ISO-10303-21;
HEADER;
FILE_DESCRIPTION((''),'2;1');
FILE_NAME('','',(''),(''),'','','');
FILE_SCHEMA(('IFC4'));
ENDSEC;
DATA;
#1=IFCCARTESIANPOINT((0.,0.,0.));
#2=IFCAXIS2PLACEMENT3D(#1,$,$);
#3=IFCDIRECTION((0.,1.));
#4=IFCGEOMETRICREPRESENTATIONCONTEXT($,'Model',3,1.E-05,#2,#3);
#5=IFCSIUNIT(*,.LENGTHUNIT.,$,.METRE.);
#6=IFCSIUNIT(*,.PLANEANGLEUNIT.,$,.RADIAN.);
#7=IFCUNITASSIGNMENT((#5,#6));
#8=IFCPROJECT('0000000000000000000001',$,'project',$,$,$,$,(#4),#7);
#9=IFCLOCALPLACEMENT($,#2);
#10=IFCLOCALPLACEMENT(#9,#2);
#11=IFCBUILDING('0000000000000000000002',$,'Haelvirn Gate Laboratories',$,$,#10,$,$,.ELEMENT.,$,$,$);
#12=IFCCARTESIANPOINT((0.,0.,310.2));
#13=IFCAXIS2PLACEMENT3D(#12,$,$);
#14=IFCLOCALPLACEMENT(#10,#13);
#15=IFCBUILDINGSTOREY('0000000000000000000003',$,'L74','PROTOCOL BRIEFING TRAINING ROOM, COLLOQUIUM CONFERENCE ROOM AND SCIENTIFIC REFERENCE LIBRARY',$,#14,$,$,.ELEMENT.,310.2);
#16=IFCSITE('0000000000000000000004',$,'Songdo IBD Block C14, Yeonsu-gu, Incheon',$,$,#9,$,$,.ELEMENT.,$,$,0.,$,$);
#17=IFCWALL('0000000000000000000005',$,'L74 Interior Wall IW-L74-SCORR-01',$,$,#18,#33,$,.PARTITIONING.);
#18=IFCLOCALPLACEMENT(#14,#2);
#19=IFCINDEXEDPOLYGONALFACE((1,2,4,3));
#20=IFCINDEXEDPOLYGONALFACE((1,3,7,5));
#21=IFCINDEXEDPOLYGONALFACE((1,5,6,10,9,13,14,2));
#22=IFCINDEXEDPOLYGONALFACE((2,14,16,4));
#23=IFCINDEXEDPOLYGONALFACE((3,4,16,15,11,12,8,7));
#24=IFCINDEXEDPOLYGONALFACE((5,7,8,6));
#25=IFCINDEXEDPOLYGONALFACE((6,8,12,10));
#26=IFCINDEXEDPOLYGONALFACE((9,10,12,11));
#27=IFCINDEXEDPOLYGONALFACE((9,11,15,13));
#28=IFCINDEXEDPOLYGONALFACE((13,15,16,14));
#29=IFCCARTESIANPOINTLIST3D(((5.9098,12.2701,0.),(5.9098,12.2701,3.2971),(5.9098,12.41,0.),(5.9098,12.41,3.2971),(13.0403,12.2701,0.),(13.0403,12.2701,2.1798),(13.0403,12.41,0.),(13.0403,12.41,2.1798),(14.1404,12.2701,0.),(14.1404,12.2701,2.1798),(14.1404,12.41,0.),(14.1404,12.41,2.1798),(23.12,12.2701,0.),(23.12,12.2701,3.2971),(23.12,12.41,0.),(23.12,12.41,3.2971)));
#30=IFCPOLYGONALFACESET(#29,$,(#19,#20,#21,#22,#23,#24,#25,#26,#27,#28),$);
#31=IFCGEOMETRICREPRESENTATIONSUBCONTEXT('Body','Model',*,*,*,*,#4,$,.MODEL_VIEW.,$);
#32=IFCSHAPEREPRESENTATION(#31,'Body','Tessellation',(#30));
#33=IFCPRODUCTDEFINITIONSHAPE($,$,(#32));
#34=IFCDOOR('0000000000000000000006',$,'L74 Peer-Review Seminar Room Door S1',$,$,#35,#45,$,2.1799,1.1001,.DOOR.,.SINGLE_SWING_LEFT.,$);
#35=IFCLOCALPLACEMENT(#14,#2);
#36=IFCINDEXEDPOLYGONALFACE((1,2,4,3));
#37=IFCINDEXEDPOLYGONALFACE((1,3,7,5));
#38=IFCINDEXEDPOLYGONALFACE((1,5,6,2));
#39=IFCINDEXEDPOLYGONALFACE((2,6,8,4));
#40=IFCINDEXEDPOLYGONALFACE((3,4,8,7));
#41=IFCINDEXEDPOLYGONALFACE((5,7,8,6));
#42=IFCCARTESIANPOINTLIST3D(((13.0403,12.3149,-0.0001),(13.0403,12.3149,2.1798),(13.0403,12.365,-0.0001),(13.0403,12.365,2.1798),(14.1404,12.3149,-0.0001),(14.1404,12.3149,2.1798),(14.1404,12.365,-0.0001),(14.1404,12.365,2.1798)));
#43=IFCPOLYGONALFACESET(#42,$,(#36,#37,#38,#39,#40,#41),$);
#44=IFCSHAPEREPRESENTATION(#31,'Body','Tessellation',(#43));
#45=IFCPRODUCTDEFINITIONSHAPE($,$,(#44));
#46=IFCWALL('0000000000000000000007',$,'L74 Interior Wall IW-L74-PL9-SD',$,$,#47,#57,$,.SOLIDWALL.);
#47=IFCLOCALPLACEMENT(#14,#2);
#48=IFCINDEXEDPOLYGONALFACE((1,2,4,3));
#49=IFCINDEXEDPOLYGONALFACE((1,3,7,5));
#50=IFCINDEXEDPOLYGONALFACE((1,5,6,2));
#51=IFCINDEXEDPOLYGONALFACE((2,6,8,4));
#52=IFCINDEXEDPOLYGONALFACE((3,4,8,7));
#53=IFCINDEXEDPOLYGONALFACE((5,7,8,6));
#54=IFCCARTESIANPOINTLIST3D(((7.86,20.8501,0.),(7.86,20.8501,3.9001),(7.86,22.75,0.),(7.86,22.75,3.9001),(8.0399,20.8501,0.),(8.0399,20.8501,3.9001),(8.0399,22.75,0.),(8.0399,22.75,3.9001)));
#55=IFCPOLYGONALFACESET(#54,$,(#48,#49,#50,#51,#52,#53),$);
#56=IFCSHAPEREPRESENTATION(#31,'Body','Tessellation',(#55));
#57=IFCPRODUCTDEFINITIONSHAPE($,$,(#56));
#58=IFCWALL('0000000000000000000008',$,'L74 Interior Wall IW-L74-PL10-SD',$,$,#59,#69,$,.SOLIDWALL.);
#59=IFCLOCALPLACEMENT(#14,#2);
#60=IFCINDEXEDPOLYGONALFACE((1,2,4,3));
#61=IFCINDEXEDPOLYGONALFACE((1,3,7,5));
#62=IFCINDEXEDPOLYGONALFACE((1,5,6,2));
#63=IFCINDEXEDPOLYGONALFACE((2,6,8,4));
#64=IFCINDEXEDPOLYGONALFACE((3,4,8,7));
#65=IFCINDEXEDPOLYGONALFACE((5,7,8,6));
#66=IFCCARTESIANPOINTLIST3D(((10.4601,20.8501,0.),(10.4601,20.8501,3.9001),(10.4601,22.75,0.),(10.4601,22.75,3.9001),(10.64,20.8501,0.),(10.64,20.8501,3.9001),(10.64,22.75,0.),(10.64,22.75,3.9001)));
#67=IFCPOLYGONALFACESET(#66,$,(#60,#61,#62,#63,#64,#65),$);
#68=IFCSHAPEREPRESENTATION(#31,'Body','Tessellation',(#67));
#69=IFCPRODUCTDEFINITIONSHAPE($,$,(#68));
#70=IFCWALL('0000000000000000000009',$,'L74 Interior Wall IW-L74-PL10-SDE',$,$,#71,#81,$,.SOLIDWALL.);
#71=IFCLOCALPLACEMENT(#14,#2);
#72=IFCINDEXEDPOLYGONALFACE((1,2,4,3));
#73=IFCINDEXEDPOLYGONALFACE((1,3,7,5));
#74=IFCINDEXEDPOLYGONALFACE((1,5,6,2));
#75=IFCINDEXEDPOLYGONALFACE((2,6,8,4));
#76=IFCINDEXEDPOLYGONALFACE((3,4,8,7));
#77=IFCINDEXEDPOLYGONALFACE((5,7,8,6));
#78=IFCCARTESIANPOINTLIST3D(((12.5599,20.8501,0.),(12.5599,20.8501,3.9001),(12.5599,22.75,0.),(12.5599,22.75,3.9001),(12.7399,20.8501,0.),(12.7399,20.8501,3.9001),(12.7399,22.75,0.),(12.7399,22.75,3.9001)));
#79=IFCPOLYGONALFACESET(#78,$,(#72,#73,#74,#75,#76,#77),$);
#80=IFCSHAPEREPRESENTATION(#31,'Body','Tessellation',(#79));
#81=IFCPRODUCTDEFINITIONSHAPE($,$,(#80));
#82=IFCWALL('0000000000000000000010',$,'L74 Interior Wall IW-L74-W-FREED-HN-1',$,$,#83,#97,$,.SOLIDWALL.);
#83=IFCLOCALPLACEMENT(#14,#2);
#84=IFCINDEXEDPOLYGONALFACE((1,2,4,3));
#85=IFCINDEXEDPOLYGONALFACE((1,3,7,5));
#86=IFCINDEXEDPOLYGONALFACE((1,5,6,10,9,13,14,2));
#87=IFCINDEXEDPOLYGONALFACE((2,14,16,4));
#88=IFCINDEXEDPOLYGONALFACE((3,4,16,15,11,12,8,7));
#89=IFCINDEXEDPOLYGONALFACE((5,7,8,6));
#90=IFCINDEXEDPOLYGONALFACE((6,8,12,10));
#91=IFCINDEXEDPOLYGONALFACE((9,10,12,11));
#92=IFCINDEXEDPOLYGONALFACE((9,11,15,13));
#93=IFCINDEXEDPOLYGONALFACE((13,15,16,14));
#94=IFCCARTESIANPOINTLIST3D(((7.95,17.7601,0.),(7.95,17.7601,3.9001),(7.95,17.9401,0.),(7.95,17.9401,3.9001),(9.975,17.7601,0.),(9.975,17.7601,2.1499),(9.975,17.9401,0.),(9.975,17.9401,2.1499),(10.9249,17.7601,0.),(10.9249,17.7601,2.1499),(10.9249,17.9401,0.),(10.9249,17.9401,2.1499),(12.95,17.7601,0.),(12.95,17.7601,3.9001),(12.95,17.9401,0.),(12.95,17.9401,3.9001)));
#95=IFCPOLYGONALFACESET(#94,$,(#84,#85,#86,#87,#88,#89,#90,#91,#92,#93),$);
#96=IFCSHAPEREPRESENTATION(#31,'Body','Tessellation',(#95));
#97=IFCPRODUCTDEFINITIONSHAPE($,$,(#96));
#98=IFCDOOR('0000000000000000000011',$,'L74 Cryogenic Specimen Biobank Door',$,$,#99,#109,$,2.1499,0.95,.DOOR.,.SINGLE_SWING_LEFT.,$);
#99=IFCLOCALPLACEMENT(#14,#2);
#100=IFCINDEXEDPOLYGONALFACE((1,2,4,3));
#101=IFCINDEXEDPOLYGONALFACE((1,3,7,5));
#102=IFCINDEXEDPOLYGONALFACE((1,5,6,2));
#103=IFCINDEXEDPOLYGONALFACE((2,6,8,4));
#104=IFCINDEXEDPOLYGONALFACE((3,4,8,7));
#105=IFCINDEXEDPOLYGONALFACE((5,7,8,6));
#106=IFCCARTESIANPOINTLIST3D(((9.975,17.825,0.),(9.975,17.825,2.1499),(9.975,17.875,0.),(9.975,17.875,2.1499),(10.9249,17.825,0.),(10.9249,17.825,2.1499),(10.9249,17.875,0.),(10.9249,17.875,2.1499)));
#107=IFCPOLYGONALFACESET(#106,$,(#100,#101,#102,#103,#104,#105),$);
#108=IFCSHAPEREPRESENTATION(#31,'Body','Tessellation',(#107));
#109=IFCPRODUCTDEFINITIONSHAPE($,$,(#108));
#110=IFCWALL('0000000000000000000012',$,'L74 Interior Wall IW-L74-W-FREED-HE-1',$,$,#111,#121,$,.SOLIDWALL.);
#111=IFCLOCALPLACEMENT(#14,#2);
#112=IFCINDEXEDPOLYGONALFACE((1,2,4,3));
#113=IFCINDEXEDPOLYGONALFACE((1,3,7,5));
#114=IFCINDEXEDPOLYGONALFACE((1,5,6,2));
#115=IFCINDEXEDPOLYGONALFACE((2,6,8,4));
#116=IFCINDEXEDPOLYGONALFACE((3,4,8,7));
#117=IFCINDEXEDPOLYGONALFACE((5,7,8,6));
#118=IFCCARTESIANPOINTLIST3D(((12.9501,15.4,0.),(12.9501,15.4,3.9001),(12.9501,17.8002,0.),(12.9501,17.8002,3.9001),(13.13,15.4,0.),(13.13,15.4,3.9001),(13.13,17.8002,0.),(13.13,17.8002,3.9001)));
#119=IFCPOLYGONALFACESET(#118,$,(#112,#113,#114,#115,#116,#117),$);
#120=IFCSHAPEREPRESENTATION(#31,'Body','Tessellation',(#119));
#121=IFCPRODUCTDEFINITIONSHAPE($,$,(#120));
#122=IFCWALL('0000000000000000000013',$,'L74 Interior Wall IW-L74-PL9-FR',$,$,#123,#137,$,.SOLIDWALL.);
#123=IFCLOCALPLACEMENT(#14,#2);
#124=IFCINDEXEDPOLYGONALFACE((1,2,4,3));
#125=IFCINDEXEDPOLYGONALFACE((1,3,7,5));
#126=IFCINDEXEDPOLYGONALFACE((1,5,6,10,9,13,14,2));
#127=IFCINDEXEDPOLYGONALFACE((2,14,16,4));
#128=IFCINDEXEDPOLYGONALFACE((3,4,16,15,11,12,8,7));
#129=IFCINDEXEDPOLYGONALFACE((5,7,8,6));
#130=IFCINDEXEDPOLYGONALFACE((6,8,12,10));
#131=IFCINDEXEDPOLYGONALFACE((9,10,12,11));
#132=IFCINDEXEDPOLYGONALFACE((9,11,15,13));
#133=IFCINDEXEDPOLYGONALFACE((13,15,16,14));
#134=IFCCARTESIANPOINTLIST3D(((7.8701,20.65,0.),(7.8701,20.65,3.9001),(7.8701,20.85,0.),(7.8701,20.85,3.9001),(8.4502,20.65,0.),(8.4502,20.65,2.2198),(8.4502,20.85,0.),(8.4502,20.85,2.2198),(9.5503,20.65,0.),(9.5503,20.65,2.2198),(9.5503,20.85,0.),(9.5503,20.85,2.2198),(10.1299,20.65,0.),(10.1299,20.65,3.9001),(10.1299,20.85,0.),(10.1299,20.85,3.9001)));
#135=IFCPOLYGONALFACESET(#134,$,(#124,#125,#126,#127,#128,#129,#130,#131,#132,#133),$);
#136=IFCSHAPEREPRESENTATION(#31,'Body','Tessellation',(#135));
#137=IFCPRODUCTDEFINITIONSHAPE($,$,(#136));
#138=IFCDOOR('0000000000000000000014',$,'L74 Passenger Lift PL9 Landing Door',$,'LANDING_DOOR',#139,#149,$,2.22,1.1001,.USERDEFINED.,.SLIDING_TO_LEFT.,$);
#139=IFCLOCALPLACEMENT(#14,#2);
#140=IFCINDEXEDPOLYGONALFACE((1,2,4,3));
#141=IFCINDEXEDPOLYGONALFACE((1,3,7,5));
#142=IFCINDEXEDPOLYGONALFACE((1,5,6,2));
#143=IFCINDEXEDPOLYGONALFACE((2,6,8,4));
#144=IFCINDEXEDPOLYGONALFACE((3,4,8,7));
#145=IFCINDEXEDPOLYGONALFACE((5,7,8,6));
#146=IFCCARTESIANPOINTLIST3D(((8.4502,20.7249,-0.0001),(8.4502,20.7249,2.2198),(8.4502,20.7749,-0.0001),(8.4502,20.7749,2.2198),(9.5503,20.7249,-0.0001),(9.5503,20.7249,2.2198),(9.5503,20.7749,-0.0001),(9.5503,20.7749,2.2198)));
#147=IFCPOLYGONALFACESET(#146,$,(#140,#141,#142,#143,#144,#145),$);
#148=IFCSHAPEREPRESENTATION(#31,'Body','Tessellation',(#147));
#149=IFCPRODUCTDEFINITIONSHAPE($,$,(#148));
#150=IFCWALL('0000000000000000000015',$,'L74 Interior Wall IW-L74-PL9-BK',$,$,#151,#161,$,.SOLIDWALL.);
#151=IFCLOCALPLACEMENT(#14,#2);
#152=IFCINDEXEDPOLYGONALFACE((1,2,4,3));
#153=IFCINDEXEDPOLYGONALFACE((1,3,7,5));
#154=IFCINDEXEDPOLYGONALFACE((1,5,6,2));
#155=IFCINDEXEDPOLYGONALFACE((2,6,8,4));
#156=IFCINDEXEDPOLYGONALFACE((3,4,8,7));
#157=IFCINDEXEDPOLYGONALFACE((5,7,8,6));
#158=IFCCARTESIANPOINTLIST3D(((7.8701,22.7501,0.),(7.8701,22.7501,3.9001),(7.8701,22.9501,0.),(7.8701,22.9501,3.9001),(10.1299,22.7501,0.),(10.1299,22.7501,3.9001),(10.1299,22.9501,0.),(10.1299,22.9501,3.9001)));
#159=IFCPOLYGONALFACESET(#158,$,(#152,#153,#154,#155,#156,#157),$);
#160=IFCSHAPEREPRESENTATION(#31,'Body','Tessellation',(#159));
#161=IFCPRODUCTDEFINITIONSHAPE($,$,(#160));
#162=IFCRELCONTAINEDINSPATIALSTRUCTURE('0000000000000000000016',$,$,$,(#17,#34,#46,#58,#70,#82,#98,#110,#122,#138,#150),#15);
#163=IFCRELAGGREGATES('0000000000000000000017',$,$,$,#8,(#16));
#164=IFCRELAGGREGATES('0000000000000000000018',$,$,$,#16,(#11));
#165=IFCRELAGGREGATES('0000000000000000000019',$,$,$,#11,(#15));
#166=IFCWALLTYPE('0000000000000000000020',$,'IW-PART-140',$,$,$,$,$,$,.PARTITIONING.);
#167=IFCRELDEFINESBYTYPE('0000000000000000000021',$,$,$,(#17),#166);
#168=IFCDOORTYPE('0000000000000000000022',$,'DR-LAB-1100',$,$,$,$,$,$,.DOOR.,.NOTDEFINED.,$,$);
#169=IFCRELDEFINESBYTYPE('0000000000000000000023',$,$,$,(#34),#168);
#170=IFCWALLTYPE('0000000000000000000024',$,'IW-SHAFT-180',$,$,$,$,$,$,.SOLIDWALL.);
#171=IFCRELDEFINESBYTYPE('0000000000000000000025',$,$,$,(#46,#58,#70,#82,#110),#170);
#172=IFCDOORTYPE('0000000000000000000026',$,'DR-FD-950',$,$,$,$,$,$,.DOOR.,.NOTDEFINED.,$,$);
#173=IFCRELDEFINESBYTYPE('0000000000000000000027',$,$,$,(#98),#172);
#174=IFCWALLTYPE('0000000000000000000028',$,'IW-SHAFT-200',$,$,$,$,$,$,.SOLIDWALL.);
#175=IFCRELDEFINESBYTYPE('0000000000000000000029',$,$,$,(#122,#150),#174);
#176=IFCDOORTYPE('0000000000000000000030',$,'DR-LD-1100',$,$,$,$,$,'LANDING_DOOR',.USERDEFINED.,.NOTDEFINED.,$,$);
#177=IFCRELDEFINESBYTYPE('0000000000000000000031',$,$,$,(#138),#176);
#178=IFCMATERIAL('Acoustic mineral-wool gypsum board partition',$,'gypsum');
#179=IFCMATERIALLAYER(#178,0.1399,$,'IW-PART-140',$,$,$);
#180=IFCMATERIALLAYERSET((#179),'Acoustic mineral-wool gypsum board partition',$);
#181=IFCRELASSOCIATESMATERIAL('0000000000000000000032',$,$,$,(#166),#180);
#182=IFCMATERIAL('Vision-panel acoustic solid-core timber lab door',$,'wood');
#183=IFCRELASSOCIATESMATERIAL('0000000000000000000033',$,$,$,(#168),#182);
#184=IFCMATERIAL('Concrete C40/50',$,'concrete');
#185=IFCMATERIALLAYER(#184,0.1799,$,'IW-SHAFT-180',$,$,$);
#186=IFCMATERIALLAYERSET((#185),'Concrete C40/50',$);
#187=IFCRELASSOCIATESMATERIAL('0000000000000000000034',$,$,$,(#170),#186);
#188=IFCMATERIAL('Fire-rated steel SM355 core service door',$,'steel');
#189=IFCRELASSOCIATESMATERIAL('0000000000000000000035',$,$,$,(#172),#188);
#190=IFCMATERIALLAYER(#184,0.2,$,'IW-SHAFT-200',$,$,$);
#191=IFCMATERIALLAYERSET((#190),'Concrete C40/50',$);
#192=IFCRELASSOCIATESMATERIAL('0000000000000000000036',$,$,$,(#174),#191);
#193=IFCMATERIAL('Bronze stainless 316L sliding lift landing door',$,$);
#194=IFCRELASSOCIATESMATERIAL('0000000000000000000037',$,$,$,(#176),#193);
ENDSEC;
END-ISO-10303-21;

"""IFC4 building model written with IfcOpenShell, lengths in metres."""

from ifc_helpers import new_model, si_unit, direction, frame, frame_2d, origin, place, context, subcontext, project, spatial, rectangle, extrude, source, transform, mapped, material, layer, layer_set, type_object, type_shapes, element, fill, save


model = new_model("IFC4")

# Units and contexts
model_context = context("Model", 3, precision=1e-05, world=origin(), true_north=direction((0.0, 1.0)))
body_context = subcontext(model_context, "Body", "Model", "MODEL_VIEW")
ifc_project = project(units=[si_unit("LENGTHUNIT", "METRE"), si_unit("PLANEANGLEUNIT", "RADIAN")], contexts=[model_context])

# Site, building, storey
site_placement = place(None, origin())
site = spatial("IfcSite", under=ifc_project, at=site_placement, Name="Songdo IBD Block C14, Yeonsu-gu, Incheon", CompositionType="ELEMENT", RefElevation=0.0)
building_placement = place(site_placement, origin())
building = spatial("IfcBuilding", under=site, at=building_placement, Name="Haelvirn Gate Laboratories", CompositionType="ELEMENT")
storey_placement = place(building_placement, frame((0.0, 0.0, 310.2)))
storey = spatial("IfcBuildingStorey", under=building, at=storey_placement, Name="L74", Description="PROTOCOL BRIEFING TRAINING ROOM, COLLOQUIUM CONFERENCE ROOM AND SCIENTIFIC REFERENCE LIBRARY", CompositionType="ELEMENT", Elevation=310.2)

# Wall, opening, door
ifc_material_1 = material(Name="Acoustic mineral-wool gypsum board partition", Category="gypsum")
ifc_layer_1 = layer(ifc_material_1, 0.1399, Name="IW-PART-140")
ifc_layer_set_1 = layer_set([ifc_layer_1], Name="Acoustic mineral-wool gypsum board partition")
wall_type_1 = type_object("IfcWallType", Name="IW-PART-140", PredefinedType="PARTITIONING", material=ifc_layer_set_1)
wall_1_placement = place(storey_placement, frame((5.9099, 12.3401, 0.0), z_axis=(0.0, 0.0, 1.0), x_axis=(1.0, 0.0, 0.0)))
wall_1 = element("IfcWall", 1, at=wall_1_placement, inside=storey, type_object=wall_type_1, Name="L74 Interior Wall IW-L74-SCORR-01", PredefinedType="PARTITIONING", context=body_context, shape_type="SweptSolid", body=[
    extrude(rectangle(XDim=17.2102, YDim=0.1399, at=frame_2d((8.605, 0.0))), origin(), (0.0, 0.0, 1.0), 3.2971),
])
opening_1_placement = place(wall_1_placement, frame((7.1304, 0.0, 0.0)))
opening_1 = element("IfcOpeningElement", 2, at=opening_1_placement, cuts=wall_1, PredefinedType="OPENING", context=body_context, shape_type="SweptSolid", body=[
    extrude(rectangle(XDim=1.1001, YDim=2.1799, at=frame_2d((0.55, 1.0898))), frame((0.0, 0.0801, 0.0), z_axis=(0.0, -1.0, 0.0), x_axis=(1.0, 0.0, 0.0)), (0.0, 0.0, 1.0), 0.1599),
])
ifc_material_2 = material(Name="Vision-panel acoustic solid-core timber lab door", Category="wood")
door_type_1 = type_object("IfcDoorType", Name="DR-LAB-1100", OperationType="NOTDEFINED", PredefinedType="DOOR", material=ifc_material_2)
shared_shape_1 = source(origin(), body_context, "Body", "SweptSolid", [
    extrude(rectangle(XDim=1.1001, YDim=2.1799, at=frame_2d((0.55, 1.0898))), frame((0.0, 0.0249, 0.0), z_axis=(0.0, -1.0, 0.0), x_axis=(1.0, 0.0, 0.0)), (0.0, 0.0, 1.0), 0.05),
])
type_shapes(door_type_1, [shared_shape_1])
door_1_placement = place(opening_1_placement, origin())
door_1 = element("IfcDoor", 3, at=door_1_placement, inside=storey, type_object=door_type_1, Name="L74 Peer-Review Seminar Room Door S1", OperationType="SINGLE_SWING_LEFT", OverallHeight=2.1799, OverallWidth=1.1001, PredefinedType="DOOR", context=body_context, shape_type="MappedRepresentation", body=[
    mapped(shared_shape_1, transform((0.0, 0.0, 0.0), scale=1.0)),
])
fill(opening_1, door_1)

# Walls
ifc_material_3 = material(Name="Concrete C40/50", Category="concrete")
ifc_layer_2 = layer(ifc_material_3, 0.1799, Name="IW-SHAFT-180")
ifc_layer_set_2 = layer_set([ifc_layer_2], Name="Concrete C40/50")
wall_type_2 = type_object("IfcWallType", Name="IW-SHAFT-180", PredefinedType="SOLIDWALL", material=ifc_layer_set_2)
for number, where, z_axis, x_axis, name in (
    (4, (7.95, 20.8501, 0.0), (0.0, 0.0, 1.0), (0.0, 1.0, 0.0), "L74 Interior Wall IW-L74-PL9-SD"),
    (5, (10.55, 20.8501, 0.0), (0.0, 0.0, 1.0), (0.0, 1.0, 0.0), "L74 Interior Wall IW-L74-PL10-SD"),
    (6, (12.6499, 20.8501, 0.0), (0.0, 0.0, 1.0), (0.0, 1.0, 0.0), "L74 Interior Wall IW-L74-PL10-SDE"),
):
    element("IfcWall", number, at=place(storey_placement, frame(where, z_axis=z_axis, x_axis=x_axis)), inside=storey, type_object=wall_type_2, Name=name, PredefinedType="SOLIDWALL", context=body_context, shape_type="SweptSolid", body=[
        extrude(rectangle(XDim=1.8999, YDim=0.1799, at=frame_2d((0.95, 0.0))), origin(), (0.0, 0.0, 1.0), 3.9001),
    ])

# Wall, opening, door
wall_2_placement = place(storey_placement, frame((7.95, 17.8501, 0.0), z_axis=(0.0, 0.0, 1.0), x_axis=(1.0, 0.0, 0.0)))
wall_2 = element("IfcWall", 7, at=wall_2_placement, inside=storey, type_object=wall_type_2, Name="L74 Interior Wall IW-L74-W-FREED-HN-1", PredefinedType="SOLIDWALL", context=body_context, shape_type="SweptSolid", body=[
    extrude(rectangle(XDim=5.0, YDim=0.1799, at=frame_2d((2.5, 0.0))), origin(), (0.0, 0.0, 1.0), 3.9001),
])
opening_2_placement = place(wall_2_placement, frame((2.0249, 0.0, 0.0)))
opening_2 = element("IfcOpeningElement", 8, at=opening_2_placement, cuts=wall_2, PredefinedType="OPENING", context=body_context, shape_type="SweptSolid", body=[
    extrude(rectangle(XDim=0.95, YDim=2.1499, at=frame_2d((0.4751, 1.075))), frame((0.0, 0.1001, 0.0), z_axis=(0.0, -1.0, 0.0), x_axis=(1.0, 0.0, 0.0)), (0.0, 0.0, 1.0), 0.2),
])
ifc_material_4 = material(Name="Fire-rated steel SM355 core service door", Category="steel")
door_type_2 = type_object("IfcDoorType", Name="DR-FD-950", OperationType="NOTDEFINED", PredefinedType="DOOR", material=ifc_material_4)
shared_shape_2 = source(origin(), body_context, "Body", "SweptSolid", [
    extrude(rectangle(XDim=0.95, YDim=2.1499, at=frame_2d((0.4751, 1.075))), frame((0.0, 0.0249, 0.0), z_axis=(0.0, -1.0, 0.0), x_axis=(1.0, 0.0, 0.0)), (0.0, 0.0, 1.0), 0.05),
])
type_shapes(door_type_2, [shared_shape_2])
door_2_placement = place(opening_2_placement, origin())
door_2 = element("IfcDoor", 9, at=door_2_placement, inside=storey, type_object=door_type_2, Name="L74 Cryogenic Specimen Biobank Door", OperationType="SINGLE_SWING_LEFT", OverallHeight=2.1499, OverallWidth=0.95, PredefinedType="DOOR", context=body_context, shape_type="MappedRepresentation", body=[
    mapped(shared_shape_2, transform((0.0, 0.0, 0.0), scale=1.0)),
])
fill(opening_2, door_2)

# Wall
wall_3_placement = place(storey_placement, frame((13.04, 15.3999, 0.0), z_axis=(0.0, 0.0, 1.0), x_axis=(0.0, 1.0, 0.0)))
element("IfcWall", 10, at=wall_3_placement, inside=storey, type_object=wall_type_2, Name="L74 Interior Wall IW-L74-W-FREED-HE-1", PredefinedType="SOLIDWALL", context=body_context, shape_type="SweptSolid", body=[
    extrude(rectangle(XDim=2.4001, YDim=0.1799, at=frame_2d((1.2002, 0.0))), origin(), (0.0, 0.0, 1.0), 3.9001),
])

# Wall, opening, door
ifc_layer_3 = layer(ifc_material_3, 0.2, Name="IW-SHAFT-200")
ifc_layer_set_3 = layer_set([ifc_layer_3], Name="Concrete C40/50")
wall_type_3 = type_object("IfcWallType", Name="IW-SHAFT-200", PredefinedType="SOLIDWALL", material=ifc_layer_set_3)
wall_4_placement = place(storey_placement, frame((7.8701, 20.75, 0.0), z_axis=(0.0, 0.0, 1.0), x_axis=(1.0, 0.0, 0.0)))
wall_4 = element("IfcWall", 11, at=wall_4_placement, inside=storey, type_object=wall_type_3, Name="L74 Interior Wall IW-L74-PL9-FR", PredefinedType="SOLIDWALL", context=body_context, shape_type="SweptSolid", body=[
    extrude(rectangle(XDim=2.2598, YDim=0.2, at=frame_2d((1.1299, 0.0))), origin(), (0.0, 0.0, 1.0), 3.9001),
])
opening_3_placement = place(wall_4_placement, frame((0.5801, 0.0, 0.0)))
opening_3 = element("IfcOpeningElement", 12, at=opening_3_placement, cuts=wall_4, PredefinedType="OPENING", context=body_context, shape_type="SweptSolid", body=[
    extrude(rectangle(XDim=1.1001, YDim=2.22, at=frame_2d((0.55, 1.1099))), frame((0.0, 0.1099, 0.0), z_axis=(0.0, -1.0, 0.0), x_axis=(1.0, 0.0, 0.0)), (0.0, 0.0, 1.0), 0.22),
])
ifc_material_5 = material(Name="Bronze stainless 316L sliding lift landing door")
door_type_3 = type_object("IfcDoorType", Name="DR-LD-1100", ElementType="LANDING_DOOR", OperationType="NOTDEFINED", PredefinedType="USERDEFINED", material=ifc_material_5)
shared_shape_3 = source(origin(), body_context, "Body", "SweptSolid", [
    extrude(rectangle(XDim=1.1001, YDim=2.22, at=frame_2d((0.55, 1.1099))), frame((0.0, 0.0249, 0.0), z_axis=(0.0, -1.0, 0.0), x_axis=(1.0, 0.0, 0.0)), (0.0, 0.0, 1.0), 0.05),
])
type_shapes(door_type_3, [shared_shape_3])
door_3_placement = place(opening_3_placement, origin())
door_3 = element("IfcDoor", 13, at=door_3_placement, inside=storey, type_object=door_type_3, Name="L74 Passenger Lift PL9 Landing Door", ObjectType="LANDING_DOOR", OperationType="SLIDING_TO_LEFT", OverallHeight=2.22, OverallWidth=1.1001, PredefinedType="USERDEFINED", context=body_context, shape_type="MappedRepresentation", body=[
    mapped(shared_shape_3, transform((0.0, 0.0, 0.0), scale=1.0)),
])
fill(opening_3, door_3)

# Wall
wall_5_placement = place(storey_placement, frame((7.8701, 22.8501, 0.0), z_axis=(0.0, 0.0, 1.0), x_axis=(1.0, 0.0, 0.0)))
element("IfcWall", 14, at=wall_5_placement, inside=storey, type_object=wall_type_3, Name="L74 Interior Wall IW-L74-PL9-BK", PredefinedType="SOLIDWALL", context=body_context, shape_type="SweptSolid", body=[
    extrude(rectangle(XDim=2.2598, YDim=0.2, at=frame_2d((1.1299, 0.0))), origin(), (0.0, 0.0, 1.0), 3.9001),
])

save(model, "model.ifc")
